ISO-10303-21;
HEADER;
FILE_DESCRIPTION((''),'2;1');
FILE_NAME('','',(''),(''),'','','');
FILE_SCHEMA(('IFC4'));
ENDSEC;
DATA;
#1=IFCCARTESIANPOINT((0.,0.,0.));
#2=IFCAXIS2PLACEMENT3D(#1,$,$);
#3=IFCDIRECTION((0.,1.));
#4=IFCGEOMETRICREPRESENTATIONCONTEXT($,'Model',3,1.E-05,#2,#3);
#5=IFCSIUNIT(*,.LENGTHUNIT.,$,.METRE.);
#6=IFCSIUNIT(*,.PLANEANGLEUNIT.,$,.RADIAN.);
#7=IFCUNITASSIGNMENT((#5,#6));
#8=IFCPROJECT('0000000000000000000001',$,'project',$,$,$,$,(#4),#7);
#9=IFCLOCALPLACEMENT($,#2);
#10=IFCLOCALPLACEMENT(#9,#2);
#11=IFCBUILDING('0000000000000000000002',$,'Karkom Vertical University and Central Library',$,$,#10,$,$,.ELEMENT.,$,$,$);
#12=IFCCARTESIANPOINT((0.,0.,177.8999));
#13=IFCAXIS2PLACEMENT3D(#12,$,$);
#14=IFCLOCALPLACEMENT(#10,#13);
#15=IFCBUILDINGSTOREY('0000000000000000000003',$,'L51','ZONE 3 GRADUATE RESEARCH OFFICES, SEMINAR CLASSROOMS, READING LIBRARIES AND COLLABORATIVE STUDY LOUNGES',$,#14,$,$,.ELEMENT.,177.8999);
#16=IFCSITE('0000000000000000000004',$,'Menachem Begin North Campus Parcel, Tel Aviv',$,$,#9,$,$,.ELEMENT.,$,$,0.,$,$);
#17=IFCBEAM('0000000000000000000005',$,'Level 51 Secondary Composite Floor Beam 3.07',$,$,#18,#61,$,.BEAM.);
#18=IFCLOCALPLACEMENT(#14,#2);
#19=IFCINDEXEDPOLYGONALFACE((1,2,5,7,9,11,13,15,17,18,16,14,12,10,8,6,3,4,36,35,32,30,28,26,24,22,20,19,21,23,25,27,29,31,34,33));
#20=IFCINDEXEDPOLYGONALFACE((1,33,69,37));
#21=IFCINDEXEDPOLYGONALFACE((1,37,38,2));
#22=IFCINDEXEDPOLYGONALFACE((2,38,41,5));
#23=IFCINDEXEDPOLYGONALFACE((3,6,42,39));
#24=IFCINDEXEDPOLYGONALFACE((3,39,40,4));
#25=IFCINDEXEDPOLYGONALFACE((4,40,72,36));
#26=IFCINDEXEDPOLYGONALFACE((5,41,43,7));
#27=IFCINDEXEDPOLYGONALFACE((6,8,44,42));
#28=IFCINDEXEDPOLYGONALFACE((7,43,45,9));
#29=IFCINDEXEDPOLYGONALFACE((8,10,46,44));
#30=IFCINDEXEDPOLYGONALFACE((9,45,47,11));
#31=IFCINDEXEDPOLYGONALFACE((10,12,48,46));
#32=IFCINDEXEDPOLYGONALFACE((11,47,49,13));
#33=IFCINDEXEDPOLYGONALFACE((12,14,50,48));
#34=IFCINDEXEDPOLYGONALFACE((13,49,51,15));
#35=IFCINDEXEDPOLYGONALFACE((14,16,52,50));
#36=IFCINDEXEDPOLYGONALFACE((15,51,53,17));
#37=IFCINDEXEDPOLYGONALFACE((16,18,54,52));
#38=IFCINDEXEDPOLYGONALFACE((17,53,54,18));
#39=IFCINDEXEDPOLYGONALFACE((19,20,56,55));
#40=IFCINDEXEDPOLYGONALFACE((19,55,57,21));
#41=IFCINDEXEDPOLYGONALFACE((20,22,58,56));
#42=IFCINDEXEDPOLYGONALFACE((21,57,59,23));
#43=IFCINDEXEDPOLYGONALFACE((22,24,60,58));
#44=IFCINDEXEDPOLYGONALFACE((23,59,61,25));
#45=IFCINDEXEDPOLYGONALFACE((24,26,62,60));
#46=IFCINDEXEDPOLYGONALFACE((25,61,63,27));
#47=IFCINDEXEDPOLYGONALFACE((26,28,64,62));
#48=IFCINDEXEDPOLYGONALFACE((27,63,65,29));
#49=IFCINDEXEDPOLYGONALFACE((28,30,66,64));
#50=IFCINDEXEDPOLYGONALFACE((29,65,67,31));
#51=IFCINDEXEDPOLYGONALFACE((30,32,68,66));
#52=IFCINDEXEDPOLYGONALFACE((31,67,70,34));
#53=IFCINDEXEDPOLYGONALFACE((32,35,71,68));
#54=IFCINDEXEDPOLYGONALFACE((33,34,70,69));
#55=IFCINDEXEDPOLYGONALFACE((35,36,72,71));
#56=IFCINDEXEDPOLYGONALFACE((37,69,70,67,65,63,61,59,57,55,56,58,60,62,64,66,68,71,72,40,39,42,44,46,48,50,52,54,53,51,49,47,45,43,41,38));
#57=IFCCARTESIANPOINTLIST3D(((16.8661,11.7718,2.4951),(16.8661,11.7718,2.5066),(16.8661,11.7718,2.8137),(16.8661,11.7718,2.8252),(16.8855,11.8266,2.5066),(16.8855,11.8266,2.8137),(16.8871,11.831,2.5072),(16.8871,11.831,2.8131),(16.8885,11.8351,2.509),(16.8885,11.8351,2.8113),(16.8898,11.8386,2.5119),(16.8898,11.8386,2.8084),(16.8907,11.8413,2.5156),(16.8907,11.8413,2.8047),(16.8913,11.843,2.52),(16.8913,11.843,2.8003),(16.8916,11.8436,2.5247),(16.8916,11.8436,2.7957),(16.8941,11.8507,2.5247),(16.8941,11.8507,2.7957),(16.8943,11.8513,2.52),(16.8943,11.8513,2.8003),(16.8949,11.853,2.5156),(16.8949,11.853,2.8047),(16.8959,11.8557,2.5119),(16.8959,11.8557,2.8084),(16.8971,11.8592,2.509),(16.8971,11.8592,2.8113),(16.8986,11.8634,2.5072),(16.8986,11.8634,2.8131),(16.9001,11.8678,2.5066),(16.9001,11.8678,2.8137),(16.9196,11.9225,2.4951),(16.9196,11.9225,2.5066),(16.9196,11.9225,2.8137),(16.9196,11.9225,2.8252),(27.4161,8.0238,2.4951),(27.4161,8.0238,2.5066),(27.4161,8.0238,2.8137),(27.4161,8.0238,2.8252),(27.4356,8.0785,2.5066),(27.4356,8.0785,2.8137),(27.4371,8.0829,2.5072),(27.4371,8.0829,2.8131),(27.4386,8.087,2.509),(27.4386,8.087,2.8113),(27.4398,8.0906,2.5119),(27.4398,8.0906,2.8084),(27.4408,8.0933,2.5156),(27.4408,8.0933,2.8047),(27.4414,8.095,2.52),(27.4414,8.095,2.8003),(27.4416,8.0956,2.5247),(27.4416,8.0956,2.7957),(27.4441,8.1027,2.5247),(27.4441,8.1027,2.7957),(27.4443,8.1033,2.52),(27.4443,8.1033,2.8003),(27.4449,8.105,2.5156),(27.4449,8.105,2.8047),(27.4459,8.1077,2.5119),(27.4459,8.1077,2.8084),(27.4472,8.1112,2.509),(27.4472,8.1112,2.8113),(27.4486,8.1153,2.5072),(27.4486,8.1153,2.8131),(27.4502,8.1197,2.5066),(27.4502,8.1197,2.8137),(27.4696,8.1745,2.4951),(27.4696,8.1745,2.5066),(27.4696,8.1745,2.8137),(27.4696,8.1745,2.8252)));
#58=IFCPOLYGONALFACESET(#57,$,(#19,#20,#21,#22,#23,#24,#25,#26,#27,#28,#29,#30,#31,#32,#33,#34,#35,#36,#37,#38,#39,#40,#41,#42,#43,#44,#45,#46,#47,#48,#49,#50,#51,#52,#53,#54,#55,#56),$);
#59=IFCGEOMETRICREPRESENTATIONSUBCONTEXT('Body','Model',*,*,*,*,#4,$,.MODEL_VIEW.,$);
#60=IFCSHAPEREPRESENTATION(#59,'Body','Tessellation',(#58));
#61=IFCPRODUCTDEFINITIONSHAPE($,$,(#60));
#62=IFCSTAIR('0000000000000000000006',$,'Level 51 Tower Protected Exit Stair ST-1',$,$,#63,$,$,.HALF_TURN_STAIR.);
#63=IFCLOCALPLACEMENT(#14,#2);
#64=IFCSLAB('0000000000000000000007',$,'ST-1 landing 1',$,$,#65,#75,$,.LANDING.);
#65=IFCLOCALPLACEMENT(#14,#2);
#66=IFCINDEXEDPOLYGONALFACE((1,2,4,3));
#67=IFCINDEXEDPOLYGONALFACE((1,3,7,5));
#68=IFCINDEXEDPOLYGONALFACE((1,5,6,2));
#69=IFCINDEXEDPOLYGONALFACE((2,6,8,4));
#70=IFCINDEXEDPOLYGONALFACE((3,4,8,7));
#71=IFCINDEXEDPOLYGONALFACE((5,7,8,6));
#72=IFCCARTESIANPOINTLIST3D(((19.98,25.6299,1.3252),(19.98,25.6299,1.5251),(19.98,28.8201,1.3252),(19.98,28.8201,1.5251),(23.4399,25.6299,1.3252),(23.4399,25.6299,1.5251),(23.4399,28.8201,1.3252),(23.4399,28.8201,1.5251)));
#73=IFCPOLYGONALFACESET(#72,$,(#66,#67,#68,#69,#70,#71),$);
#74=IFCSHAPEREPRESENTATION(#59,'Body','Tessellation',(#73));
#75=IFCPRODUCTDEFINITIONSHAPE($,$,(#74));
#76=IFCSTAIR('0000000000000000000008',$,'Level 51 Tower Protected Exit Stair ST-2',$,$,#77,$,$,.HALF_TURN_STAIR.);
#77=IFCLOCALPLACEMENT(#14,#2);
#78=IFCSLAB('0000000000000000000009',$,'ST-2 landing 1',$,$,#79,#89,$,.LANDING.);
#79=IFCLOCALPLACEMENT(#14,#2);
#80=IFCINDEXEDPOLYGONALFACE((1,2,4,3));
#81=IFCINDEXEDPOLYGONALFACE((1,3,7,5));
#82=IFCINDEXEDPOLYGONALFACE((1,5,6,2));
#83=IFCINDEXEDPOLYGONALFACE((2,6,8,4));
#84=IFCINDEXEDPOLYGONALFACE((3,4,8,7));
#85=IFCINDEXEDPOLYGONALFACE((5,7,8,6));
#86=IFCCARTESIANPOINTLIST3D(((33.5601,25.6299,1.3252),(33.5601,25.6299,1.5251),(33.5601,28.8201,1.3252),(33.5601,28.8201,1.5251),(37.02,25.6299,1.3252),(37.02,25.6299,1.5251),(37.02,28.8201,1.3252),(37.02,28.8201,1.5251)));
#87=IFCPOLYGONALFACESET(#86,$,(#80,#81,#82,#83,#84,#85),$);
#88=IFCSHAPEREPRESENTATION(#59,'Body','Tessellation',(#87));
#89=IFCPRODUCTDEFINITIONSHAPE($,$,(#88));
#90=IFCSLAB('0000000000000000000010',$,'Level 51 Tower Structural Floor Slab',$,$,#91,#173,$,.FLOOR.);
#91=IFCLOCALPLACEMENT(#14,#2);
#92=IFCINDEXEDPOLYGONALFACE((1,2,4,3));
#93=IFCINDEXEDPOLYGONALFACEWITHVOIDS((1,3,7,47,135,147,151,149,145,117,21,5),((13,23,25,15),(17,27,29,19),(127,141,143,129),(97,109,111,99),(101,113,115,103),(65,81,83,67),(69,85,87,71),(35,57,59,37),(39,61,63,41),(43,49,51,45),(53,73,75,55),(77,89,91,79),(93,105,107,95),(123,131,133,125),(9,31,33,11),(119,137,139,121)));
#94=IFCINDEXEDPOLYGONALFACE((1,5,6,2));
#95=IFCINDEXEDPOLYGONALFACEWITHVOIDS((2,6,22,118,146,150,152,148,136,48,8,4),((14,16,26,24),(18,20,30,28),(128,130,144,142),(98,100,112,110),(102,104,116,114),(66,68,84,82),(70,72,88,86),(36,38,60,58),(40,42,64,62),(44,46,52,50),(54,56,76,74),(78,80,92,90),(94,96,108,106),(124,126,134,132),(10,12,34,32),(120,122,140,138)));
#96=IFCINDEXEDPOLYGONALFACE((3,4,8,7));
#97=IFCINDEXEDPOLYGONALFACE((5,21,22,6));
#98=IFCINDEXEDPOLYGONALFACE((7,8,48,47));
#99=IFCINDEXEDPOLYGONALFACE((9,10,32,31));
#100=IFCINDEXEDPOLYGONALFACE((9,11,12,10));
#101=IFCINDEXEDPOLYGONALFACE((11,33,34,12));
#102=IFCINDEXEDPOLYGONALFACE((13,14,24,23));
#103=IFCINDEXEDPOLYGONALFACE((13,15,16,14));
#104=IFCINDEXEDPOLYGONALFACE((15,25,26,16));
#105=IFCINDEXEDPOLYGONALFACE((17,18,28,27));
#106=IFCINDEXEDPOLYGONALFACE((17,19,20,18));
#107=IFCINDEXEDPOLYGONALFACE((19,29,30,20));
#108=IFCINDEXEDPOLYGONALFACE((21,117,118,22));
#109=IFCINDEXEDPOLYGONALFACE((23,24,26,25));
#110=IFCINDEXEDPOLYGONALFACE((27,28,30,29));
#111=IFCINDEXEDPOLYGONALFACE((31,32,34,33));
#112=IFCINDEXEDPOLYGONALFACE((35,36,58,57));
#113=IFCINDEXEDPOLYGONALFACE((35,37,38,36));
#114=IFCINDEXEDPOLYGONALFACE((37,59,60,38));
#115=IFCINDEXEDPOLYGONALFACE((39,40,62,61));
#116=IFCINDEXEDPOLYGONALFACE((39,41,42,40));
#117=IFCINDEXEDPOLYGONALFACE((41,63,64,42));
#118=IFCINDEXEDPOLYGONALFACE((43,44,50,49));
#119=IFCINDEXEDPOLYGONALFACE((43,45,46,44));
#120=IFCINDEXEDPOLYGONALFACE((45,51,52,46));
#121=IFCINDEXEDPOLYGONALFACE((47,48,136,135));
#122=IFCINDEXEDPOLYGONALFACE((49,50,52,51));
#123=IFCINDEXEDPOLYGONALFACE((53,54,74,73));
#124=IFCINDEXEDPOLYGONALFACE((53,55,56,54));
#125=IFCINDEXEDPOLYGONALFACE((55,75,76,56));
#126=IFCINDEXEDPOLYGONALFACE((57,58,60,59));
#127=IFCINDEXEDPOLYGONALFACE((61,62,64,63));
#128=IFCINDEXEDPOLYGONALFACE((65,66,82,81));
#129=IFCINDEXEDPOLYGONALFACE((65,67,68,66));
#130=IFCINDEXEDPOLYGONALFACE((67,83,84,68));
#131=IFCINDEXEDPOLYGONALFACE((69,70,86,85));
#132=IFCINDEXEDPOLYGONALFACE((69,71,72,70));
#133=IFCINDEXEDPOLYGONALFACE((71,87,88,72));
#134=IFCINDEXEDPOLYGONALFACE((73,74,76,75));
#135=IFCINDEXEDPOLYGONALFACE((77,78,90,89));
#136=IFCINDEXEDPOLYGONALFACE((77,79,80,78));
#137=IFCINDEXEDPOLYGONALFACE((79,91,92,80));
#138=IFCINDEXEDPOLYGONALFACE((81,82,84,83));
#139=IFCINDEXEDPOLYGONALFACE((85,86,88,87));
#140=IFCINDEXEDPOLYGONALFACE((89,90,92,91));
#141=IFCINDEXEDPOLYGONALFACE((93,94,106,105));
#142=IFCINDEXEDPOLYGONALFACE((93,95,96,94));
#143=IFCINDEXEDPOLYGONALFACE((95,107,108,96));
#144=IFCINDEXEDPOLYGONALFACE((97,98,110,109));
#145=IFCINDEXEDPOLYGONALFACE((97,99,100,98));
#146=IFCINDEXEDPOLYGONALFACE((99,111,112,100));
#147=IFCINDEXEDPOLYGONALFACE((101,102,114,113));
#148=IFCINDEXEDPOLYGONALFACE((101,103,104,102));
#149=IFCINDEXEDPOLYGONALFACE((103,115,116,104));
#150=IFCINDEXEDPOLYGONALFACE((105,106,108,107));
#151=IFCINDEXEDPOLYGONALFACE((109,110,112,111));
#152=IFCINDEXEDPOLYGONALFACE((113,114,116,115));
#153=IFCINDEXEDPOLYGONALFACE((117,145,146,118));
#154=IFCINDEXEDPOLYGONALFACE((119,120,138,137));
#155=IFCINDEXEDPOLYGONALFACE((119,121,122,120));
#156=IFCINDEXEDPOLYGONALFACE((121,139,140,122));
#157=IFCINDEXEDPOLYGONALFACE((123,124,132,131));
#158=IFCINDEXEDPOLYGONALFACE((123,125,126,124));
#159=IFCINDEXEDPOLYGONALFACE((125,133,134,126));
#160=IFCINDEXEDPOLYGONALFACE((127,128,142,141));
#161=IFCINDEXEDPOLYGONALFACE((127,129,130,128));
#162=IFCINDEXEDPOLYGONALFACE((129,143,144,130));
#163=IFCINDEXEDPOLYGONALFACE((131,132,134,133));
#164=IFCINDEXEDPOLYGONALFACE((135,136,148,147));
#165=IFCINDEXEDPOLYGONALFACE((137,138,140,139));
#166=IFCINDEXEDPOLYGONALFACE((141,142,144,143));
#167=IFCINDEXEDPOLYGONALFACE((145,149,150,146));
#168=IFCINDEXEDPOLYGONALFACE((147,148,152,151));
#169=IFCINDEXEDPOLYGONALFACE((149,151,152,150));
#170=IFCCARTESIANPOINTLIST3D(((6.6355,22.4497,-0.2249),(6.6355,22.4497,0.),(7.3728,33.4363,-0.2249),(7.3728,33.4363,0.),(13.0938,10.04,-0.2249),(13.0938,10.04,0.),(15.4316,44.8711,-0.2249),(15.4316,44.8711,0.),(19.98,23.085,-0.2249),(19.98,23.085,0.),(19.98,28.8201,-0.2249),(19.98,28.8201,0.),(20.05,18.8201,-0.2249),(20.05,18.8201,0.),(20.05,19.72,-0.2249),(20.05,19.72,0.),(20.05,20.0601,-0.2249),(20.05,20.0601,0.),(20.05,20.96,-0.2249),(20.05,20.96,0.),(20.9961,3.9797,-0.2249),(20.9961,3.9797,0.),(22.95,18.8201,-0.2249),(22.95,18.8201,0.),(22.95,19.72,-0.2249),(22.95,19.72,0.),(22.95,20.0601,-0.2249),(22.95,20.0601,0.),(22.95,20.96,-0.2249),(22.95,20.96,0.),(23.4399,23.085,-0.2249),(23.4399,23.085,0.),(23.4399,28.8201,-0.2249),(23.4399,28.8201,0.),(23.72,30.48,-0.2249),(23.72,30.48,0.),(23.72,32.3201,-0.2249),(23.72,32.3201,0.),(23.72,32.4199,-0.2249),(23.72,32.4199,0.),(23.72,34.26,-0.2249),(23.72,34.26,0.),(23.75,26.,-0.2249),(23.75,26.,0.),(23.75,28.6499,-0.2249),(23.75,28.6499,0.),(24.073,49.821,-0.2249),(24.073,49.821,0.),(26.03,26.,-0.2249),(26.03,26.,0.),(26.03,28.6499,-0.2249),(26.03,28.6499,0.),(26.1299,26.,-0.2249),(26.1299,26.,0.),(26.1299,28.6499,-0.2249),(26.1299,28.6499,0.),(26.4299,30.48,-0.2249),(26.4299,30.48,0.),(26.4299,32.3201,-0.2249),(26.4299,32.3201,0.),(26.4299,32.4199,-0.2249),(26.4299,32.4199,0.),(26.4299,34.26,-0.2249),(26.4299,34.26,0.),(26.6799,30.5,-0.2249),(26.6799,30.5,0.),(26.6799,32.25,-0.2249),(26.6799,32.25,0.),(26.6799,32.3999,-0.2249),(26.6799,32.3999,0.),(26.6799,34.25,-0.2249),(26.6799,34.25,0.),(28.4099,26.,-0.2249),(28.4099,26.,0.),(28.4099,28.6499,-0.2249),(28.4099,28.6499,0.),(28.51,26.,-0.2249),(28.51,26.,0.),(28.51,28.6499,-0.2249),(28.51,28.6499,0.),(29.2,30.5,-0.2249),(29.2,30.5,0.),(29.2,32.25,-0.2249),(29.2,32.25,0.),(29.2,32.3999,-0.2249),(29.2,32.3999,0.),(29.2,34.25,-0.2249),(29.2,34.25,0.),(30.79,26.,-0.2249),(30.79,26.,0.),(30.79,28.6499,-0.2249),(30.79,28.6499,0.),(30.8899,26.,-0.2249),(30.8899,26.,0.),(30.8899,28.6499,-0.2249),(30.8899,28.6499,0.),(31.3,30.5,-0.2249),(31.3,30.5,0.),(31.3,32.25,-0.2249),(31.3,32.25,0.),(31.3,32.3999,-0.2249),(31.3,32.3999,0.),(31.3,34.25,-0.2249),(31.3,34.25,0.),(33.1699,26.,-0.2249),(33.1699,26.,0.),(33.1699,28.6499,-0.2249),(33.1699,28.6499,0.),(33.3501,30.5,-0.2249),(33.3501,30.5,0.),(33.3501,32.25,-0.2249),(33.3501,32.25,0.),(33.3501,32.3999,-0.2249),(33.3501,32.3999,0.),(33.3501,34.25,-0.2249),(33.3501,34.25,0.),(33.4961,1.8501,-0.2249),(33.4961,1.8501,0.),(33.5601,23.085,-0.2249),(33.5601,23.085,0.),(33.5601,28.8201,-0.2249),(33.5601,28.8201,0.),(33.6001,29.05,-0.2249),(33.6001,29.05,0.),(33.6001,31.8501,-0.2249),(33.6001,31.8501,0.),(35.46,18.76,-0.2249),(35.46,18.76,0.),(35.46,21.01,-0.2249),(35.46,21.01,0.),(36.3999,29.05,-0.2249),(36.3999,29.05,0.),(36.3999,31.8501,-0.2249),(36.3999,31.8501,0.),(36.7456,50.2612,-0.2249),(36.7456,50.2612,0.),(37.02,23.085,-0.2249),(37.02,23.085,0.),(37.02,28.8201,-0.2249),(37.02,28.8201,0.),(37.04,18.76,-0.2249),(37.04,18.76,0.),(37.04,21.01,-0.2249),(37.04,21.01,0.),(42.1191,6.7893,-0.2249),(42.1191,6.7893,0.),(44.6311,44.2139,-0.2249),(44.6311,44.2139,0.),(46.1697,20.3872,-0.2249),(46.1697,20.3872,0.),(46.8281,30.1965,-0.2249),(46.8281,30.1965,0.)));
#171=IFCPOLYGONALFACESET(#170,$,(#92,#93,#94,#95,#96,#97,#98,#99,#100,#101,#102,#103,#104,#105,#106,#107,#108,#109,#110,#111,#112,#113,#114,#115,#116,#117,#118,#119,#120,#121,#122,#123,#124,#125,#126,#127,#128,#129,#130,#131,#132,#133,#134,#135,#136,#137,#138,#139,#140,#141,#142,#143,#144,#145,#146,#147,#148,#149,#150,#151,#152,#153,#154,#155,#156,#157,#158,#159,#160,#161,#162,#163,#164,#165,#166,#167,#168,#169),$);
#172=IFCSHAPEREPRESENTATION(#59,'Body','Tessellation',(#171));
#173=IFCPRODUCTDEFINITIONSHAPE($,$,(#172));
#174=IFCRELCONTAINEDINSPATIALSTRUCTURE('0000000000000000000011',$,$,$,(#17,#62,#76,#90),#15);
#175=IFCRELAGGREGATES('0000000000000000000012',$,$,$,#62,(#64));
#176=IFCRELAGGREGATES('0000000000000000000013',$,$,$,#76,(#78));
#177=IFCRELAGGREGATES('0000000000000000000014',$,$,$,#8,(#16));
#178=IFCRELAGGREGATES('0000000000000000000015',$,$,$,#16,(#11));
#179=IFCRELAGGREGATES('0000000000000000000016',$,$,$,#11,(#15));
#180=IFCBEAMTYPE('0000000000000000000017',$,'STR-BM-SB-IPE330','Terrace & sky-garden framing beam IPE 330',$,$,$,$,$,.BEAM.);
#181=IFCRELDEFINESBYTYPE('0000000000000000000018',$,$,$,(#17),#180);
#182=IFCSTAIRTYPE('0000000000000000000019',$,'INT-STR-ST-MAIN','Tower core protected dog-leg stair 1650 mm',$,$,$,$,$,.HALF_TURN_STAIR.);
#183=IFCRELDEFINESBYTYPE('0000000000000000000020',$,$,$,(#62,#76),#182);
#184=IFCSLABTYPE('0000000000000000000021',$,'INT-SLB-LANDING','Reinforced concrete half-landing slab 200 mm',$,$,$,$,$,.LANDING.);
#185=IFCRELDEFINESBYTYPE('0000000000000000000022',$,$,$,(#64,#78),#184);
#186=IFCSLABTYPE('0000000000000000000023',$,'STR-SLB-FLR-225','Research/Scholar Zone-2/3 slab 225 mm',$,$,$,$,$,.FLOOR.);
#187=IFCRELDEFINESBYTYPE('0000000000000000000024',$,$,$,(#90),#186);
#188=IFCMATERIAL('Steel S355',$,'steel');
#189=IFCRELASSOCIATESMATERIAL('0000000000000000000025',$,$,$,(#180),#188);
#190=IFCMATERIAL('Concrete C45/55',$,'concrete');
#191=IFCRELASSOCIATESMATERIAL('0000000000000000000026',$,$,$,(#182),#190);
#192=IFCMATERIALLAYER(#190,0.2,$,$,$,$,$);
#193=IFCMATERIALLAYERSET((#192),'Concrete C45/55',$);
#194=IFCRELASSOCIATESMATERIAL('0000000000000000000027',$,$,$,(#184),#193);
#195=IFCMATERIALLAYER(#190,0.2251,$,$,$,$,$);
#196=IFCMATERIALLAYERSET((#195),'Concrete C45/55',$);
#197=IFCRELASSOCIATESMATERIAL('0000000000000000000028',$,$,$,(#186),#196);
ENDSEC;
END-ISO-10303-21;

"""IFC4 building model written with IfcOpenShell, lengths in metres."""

from ifc_helpers import new_model, si_unit, direction, frame, origin, origin_with_axes, origin_2d, place, context, subcontext, project, spatial, polyline, i_section, outline, extrude, source, transform, mapped, material, layer, layer_set, material_profile, profile_set, type_object, element, aggregate, save


model = new_model("IFC4")

# Units and contexts
model_context = context("Model", 3, precision=1e-05, world=origin(), true_north=direction((0.0, 1.0)))
body_context = subcontext(model_context, "Body", "Model", "MODEL_VIEW")
ifc_project = project(units=[si_unit("LENGTHUNIT", "METRE"), si_unit("PLANEANGLEUNIT", "RADIAN")], contexts=[model_context])

# Site, building, storey
site_placement = place(None, origin())
site = spatial("IfcSite", under=ifc_project, at=site_placement, Name="Menachem Begin North Campus Parcel, Tel Aviv", CompositionType="ELEMENT", RefElevation=0.0)
building_placement = place(site_placement, origin())
building = spatial("IfcBuilding", under=site, at=building_placement, Name="Karkom Vertical University and Central Library", CompositionType="ELEMENT")
storey_placement = place(building_placement, frame((0.0, 0.0, 177.8999)))
storey = spatial("IfcBuildingStorey", under=building, at=storey_placement, Name="L51", Description="ZONE 3 GRADUATE RESEARCH OFFICES, SEMINAR CLASSROOMS, READING LIBRARIES AND COLLABORATIVE STUDY LOUNGES", CompositionType="ELEMENT", Elevation=177.8999)

# Beam
ifc_material_1 = material(Name="Steel S355", Category="steel")
ifc_material_profile_1 = material_profile(ifc_material_1, i_section(OverallWidth=0.1599, OverallDepth=0.3301, WebThickness=0.0076, FlangeThickness=0.0115, FilletRadius=0.0181, at=origin_2d()), Name="IPE 330")
ifc_profile_set_1 = profile_set([ifc_material_profile_1], Name="Steel S355")
beam_type_1 = type_object("IfcBeamType", Name="STR-BM-SB-IPE330", Description="Terrace & sky-garden framing beam IPE 330", PredefinedType="BEAM", material=ifc_profile_set_1)
shared_shape_1 = source(origin_with_axes(), body_context, "Body", "SweptSolid", [
    extrude(i_section(OverallWidth=0.1599, OverallDepth=0.3301, WebThickness=0.0076, FlangeThickness=0.0115, FilletRadius=0.0181, at=origin_2d()), origin(), (0.0, 0.0, 1.0), 11.196),
])
beam_1_placement = place(storey_placement, frame((16.8928, 11.8472, 2.6602), z_axis=(0.942302, -0.334765, 0.0), x_axis=(0.334765, 0.942302, 0.0)))
element("IfcBeam", 1, at=beam_1_placement, inside=storey, type_object=beam_type_1, Name="Level 51 Secondary Composite Floor Beam 3.07", PredefinedType="BEAM", context=body_context, shape_type="MappedRepresentation", body=[
    mapped(shared_shape_1, transform((0.0, 0.0, 0.0), scale=1.0)),
])

# Stairs, slabs
ifc_material_2 = material(Name="Concrete C45/55", Category="concrete")
stair_type = type_object("IfcStairType", Name="INT-STR-ST-MAIN", Description="Tower core protected dog-leg stair 1650 mm", PredefinedType="HALF_TURN_STAIR", material=ifc_material_2)
stair_1_placement = place(storey_placement, origin())
stair_1 = element("IfcStair", 2, at=stair_1_placement, inside=storey, type_object=stair_type, Name="Level 51 Tower Protected Exit Stair ST-1", PredefinedType="HALF_TURN_STAIR")
ifc_layer_1 = layer(ifc_material_2, 0.2)
ifc_layer_set_1 = layer_set([ifc_layer_1], Name="Concrete C45/55")
slab_type_1 = type_object("IfcSlabType", Name="INT-SLB-LANDING", Description="Reinforced concrete half-landing slab 200 mm", PredefinedType="LANDING", material=ifc_layer_set_1)
slab_1_placement = place(storey_placement, frame((0.0, 0.0, 1.3252)))
slab_1 = element("IfcSlab", 3, at=slab_1_placement, type_object=slab_type_1, Name="ST-1 landing 1", PredefinedType="LANDING", context=body_context, shape_type="SweptSolid", body=[
    extrude(outline(polyline([(23.4399, 25.6299), (23.4399, 28.8201), (19.98, 28.8201), (19.98, 25.6299), (23.4399, 25.6299)])), origin(), (0.0, 0.0, 1.0), 0.2),
])
aggregate(stair_1, [slab_1])
stair_2_placement = place(storey_placement, origin())
stair_2 = element("IfcStair", 4, at=stair_2_placement, inside=storey, type_object=stair_type, Name="Level 51 Tower Protected Exit Stair ST-2", PredefinedType="HALF_TURN_STAIR")
slab_2_placement = place(storey_placement, frame((0.0, 0.0, 1.3252)))
slab_2 = element("IfcSlab", 5, at=slab_2_placement, type_object=slab_type_1, Name="ST-2 landing 1", PredefinedType="LANDING", context=body_context, shape_type="SweptSolid", body=[
    extrude(outline(polyline([(37.02, 25.6299), (37.02, 28.8201), (33.5601, 28.8201), (33.5601, 25.6299), (37.02, 25.6299)])), origin(), (0.0, 0.0, 1.0), 0.2),
])
aggregate(stair_2, [slab_2])

# Slab
ifc_layer_2 = layer(ifc_material_2, 0.2251)
ifc_layer_set_2 = layer_set([ifc_layer_2], Name="Concrete C45/55")
slab_type_2 = type_object("IfcSlabType", Name="STR-SLB-FLR-225", Description="Research/Scholar Zone-2/3 slab 225 mm", PredefinedType="FLOOR", material=ifc_layer_set_2)
slab_3_placement = place(storey_placement, frame((0.0, 0.0, -0.2249)))
element("IfcSlab", 6, at=slab_3_placement, inside=storey, type_object=slab_type_2, Name="Level 51 Tower Structural Floor Slab", PredefinedType="FLOOR", context=body_context, shape_type="SweptSolid", body=[
    extrude(outline(polyline([(7.3728, 33.4363), (6.6355, 22.4497), (13.0938, 10.04), (20.9961, 3.9797), (33.4961, 1.8501), (42.1191, 6.7893), (46.1697, 20.3872), (46.8281, 30.1965), (44.6311, 44.2139), (36.7456, 50.2612), (24.073, 49.821), (15.4316, 44.8711), (7.3728, 33.4363)]), holes=[polyline([(19.98, 23.085), (23.4399, 23.085), (23.4399, 28.8201), (19.98, 28.8201), (19.98, 23.085)]), polyline([(33.5601, 23.085), (37.02, 23.085), (37.02, 28.8201), (33.5601, 28.8201), (33.5601, 23.085)]), polyline([(23.75, 26.0), (26.03, 26.0), (26.03, 28.6499), (23.75, 28.6499), (23.75, 26.0)]), polyline([(26.1299, 26.0), (28.4099, 26.0), (28.4099, 28.6499), (26.1299, 28.6499), (26.1299, 26.0)]), polyline([(28.51, 26.0), (30.79, 26.0), (30.79, 28.6499), (28.51, 28.6499), (28.51, 26.0)]), polyline([(30.8899, 26.0), (33.1699, 26.0), (33.1699, 28.6499), (30.8899, 28.6499), (30.8899, 26.0)]), polyline([(26.6799, 30.5), (29.2, 30.5), (29.2, 32.25), (26.6799, 32.25), (26.6799, 30.5)]), polyline([(26.6799, 32.3999), (29.2, 32.3999), (29.2, 34.25), (26.6799, 34.25), (26.6799, 32.3999)]), polyline([(31.3, 30.5), (33.3501, 30.5), (33.3501, 32.25), (31.3, 32.25), (31.3, 30.5)]), polyline([(31.3, 32.3999), (33.3501, 32.3999), (33.3501, 34.25), (31.3, 34.25), (31.3, 32.3999)]), polyline([(23.72, 30.48), (26.4299, 30.48), (26.4299, 32.3201), (23.72, 32.3201), (23.72, 30.48)]), polyline([(23.72, 32.4199), (26.4299, 32.4199), (26.4299, 34.26), (23.72, 34.26), (23.72, 32.4199)]), polyline([(33.6001, 29.05), (36.3999, 29.05), (36.3999, 31.8501), (33.6001, 31.8501), (33.6001, 29.05)]), polyline([(20.05, 18.8201), (22.95, 18.8201), (22.95, 19.72), (20.05, 19.72), (20.05, 18.8201)]), polyline([(20.05, 20.0601), (22.95, 20.0601), (22.95, 20.96), (20.05, 20.96), (20.05, 20.0601)]), polyline([(35.46, 18.76), (37.04, 18.76), (37.04, 21.01), (35.46, 21.01), (35.46, 18.76)])]), origin(), (0.0, 0.0, 1.0), 0.2249),
])

save(model, "model.ifc")
